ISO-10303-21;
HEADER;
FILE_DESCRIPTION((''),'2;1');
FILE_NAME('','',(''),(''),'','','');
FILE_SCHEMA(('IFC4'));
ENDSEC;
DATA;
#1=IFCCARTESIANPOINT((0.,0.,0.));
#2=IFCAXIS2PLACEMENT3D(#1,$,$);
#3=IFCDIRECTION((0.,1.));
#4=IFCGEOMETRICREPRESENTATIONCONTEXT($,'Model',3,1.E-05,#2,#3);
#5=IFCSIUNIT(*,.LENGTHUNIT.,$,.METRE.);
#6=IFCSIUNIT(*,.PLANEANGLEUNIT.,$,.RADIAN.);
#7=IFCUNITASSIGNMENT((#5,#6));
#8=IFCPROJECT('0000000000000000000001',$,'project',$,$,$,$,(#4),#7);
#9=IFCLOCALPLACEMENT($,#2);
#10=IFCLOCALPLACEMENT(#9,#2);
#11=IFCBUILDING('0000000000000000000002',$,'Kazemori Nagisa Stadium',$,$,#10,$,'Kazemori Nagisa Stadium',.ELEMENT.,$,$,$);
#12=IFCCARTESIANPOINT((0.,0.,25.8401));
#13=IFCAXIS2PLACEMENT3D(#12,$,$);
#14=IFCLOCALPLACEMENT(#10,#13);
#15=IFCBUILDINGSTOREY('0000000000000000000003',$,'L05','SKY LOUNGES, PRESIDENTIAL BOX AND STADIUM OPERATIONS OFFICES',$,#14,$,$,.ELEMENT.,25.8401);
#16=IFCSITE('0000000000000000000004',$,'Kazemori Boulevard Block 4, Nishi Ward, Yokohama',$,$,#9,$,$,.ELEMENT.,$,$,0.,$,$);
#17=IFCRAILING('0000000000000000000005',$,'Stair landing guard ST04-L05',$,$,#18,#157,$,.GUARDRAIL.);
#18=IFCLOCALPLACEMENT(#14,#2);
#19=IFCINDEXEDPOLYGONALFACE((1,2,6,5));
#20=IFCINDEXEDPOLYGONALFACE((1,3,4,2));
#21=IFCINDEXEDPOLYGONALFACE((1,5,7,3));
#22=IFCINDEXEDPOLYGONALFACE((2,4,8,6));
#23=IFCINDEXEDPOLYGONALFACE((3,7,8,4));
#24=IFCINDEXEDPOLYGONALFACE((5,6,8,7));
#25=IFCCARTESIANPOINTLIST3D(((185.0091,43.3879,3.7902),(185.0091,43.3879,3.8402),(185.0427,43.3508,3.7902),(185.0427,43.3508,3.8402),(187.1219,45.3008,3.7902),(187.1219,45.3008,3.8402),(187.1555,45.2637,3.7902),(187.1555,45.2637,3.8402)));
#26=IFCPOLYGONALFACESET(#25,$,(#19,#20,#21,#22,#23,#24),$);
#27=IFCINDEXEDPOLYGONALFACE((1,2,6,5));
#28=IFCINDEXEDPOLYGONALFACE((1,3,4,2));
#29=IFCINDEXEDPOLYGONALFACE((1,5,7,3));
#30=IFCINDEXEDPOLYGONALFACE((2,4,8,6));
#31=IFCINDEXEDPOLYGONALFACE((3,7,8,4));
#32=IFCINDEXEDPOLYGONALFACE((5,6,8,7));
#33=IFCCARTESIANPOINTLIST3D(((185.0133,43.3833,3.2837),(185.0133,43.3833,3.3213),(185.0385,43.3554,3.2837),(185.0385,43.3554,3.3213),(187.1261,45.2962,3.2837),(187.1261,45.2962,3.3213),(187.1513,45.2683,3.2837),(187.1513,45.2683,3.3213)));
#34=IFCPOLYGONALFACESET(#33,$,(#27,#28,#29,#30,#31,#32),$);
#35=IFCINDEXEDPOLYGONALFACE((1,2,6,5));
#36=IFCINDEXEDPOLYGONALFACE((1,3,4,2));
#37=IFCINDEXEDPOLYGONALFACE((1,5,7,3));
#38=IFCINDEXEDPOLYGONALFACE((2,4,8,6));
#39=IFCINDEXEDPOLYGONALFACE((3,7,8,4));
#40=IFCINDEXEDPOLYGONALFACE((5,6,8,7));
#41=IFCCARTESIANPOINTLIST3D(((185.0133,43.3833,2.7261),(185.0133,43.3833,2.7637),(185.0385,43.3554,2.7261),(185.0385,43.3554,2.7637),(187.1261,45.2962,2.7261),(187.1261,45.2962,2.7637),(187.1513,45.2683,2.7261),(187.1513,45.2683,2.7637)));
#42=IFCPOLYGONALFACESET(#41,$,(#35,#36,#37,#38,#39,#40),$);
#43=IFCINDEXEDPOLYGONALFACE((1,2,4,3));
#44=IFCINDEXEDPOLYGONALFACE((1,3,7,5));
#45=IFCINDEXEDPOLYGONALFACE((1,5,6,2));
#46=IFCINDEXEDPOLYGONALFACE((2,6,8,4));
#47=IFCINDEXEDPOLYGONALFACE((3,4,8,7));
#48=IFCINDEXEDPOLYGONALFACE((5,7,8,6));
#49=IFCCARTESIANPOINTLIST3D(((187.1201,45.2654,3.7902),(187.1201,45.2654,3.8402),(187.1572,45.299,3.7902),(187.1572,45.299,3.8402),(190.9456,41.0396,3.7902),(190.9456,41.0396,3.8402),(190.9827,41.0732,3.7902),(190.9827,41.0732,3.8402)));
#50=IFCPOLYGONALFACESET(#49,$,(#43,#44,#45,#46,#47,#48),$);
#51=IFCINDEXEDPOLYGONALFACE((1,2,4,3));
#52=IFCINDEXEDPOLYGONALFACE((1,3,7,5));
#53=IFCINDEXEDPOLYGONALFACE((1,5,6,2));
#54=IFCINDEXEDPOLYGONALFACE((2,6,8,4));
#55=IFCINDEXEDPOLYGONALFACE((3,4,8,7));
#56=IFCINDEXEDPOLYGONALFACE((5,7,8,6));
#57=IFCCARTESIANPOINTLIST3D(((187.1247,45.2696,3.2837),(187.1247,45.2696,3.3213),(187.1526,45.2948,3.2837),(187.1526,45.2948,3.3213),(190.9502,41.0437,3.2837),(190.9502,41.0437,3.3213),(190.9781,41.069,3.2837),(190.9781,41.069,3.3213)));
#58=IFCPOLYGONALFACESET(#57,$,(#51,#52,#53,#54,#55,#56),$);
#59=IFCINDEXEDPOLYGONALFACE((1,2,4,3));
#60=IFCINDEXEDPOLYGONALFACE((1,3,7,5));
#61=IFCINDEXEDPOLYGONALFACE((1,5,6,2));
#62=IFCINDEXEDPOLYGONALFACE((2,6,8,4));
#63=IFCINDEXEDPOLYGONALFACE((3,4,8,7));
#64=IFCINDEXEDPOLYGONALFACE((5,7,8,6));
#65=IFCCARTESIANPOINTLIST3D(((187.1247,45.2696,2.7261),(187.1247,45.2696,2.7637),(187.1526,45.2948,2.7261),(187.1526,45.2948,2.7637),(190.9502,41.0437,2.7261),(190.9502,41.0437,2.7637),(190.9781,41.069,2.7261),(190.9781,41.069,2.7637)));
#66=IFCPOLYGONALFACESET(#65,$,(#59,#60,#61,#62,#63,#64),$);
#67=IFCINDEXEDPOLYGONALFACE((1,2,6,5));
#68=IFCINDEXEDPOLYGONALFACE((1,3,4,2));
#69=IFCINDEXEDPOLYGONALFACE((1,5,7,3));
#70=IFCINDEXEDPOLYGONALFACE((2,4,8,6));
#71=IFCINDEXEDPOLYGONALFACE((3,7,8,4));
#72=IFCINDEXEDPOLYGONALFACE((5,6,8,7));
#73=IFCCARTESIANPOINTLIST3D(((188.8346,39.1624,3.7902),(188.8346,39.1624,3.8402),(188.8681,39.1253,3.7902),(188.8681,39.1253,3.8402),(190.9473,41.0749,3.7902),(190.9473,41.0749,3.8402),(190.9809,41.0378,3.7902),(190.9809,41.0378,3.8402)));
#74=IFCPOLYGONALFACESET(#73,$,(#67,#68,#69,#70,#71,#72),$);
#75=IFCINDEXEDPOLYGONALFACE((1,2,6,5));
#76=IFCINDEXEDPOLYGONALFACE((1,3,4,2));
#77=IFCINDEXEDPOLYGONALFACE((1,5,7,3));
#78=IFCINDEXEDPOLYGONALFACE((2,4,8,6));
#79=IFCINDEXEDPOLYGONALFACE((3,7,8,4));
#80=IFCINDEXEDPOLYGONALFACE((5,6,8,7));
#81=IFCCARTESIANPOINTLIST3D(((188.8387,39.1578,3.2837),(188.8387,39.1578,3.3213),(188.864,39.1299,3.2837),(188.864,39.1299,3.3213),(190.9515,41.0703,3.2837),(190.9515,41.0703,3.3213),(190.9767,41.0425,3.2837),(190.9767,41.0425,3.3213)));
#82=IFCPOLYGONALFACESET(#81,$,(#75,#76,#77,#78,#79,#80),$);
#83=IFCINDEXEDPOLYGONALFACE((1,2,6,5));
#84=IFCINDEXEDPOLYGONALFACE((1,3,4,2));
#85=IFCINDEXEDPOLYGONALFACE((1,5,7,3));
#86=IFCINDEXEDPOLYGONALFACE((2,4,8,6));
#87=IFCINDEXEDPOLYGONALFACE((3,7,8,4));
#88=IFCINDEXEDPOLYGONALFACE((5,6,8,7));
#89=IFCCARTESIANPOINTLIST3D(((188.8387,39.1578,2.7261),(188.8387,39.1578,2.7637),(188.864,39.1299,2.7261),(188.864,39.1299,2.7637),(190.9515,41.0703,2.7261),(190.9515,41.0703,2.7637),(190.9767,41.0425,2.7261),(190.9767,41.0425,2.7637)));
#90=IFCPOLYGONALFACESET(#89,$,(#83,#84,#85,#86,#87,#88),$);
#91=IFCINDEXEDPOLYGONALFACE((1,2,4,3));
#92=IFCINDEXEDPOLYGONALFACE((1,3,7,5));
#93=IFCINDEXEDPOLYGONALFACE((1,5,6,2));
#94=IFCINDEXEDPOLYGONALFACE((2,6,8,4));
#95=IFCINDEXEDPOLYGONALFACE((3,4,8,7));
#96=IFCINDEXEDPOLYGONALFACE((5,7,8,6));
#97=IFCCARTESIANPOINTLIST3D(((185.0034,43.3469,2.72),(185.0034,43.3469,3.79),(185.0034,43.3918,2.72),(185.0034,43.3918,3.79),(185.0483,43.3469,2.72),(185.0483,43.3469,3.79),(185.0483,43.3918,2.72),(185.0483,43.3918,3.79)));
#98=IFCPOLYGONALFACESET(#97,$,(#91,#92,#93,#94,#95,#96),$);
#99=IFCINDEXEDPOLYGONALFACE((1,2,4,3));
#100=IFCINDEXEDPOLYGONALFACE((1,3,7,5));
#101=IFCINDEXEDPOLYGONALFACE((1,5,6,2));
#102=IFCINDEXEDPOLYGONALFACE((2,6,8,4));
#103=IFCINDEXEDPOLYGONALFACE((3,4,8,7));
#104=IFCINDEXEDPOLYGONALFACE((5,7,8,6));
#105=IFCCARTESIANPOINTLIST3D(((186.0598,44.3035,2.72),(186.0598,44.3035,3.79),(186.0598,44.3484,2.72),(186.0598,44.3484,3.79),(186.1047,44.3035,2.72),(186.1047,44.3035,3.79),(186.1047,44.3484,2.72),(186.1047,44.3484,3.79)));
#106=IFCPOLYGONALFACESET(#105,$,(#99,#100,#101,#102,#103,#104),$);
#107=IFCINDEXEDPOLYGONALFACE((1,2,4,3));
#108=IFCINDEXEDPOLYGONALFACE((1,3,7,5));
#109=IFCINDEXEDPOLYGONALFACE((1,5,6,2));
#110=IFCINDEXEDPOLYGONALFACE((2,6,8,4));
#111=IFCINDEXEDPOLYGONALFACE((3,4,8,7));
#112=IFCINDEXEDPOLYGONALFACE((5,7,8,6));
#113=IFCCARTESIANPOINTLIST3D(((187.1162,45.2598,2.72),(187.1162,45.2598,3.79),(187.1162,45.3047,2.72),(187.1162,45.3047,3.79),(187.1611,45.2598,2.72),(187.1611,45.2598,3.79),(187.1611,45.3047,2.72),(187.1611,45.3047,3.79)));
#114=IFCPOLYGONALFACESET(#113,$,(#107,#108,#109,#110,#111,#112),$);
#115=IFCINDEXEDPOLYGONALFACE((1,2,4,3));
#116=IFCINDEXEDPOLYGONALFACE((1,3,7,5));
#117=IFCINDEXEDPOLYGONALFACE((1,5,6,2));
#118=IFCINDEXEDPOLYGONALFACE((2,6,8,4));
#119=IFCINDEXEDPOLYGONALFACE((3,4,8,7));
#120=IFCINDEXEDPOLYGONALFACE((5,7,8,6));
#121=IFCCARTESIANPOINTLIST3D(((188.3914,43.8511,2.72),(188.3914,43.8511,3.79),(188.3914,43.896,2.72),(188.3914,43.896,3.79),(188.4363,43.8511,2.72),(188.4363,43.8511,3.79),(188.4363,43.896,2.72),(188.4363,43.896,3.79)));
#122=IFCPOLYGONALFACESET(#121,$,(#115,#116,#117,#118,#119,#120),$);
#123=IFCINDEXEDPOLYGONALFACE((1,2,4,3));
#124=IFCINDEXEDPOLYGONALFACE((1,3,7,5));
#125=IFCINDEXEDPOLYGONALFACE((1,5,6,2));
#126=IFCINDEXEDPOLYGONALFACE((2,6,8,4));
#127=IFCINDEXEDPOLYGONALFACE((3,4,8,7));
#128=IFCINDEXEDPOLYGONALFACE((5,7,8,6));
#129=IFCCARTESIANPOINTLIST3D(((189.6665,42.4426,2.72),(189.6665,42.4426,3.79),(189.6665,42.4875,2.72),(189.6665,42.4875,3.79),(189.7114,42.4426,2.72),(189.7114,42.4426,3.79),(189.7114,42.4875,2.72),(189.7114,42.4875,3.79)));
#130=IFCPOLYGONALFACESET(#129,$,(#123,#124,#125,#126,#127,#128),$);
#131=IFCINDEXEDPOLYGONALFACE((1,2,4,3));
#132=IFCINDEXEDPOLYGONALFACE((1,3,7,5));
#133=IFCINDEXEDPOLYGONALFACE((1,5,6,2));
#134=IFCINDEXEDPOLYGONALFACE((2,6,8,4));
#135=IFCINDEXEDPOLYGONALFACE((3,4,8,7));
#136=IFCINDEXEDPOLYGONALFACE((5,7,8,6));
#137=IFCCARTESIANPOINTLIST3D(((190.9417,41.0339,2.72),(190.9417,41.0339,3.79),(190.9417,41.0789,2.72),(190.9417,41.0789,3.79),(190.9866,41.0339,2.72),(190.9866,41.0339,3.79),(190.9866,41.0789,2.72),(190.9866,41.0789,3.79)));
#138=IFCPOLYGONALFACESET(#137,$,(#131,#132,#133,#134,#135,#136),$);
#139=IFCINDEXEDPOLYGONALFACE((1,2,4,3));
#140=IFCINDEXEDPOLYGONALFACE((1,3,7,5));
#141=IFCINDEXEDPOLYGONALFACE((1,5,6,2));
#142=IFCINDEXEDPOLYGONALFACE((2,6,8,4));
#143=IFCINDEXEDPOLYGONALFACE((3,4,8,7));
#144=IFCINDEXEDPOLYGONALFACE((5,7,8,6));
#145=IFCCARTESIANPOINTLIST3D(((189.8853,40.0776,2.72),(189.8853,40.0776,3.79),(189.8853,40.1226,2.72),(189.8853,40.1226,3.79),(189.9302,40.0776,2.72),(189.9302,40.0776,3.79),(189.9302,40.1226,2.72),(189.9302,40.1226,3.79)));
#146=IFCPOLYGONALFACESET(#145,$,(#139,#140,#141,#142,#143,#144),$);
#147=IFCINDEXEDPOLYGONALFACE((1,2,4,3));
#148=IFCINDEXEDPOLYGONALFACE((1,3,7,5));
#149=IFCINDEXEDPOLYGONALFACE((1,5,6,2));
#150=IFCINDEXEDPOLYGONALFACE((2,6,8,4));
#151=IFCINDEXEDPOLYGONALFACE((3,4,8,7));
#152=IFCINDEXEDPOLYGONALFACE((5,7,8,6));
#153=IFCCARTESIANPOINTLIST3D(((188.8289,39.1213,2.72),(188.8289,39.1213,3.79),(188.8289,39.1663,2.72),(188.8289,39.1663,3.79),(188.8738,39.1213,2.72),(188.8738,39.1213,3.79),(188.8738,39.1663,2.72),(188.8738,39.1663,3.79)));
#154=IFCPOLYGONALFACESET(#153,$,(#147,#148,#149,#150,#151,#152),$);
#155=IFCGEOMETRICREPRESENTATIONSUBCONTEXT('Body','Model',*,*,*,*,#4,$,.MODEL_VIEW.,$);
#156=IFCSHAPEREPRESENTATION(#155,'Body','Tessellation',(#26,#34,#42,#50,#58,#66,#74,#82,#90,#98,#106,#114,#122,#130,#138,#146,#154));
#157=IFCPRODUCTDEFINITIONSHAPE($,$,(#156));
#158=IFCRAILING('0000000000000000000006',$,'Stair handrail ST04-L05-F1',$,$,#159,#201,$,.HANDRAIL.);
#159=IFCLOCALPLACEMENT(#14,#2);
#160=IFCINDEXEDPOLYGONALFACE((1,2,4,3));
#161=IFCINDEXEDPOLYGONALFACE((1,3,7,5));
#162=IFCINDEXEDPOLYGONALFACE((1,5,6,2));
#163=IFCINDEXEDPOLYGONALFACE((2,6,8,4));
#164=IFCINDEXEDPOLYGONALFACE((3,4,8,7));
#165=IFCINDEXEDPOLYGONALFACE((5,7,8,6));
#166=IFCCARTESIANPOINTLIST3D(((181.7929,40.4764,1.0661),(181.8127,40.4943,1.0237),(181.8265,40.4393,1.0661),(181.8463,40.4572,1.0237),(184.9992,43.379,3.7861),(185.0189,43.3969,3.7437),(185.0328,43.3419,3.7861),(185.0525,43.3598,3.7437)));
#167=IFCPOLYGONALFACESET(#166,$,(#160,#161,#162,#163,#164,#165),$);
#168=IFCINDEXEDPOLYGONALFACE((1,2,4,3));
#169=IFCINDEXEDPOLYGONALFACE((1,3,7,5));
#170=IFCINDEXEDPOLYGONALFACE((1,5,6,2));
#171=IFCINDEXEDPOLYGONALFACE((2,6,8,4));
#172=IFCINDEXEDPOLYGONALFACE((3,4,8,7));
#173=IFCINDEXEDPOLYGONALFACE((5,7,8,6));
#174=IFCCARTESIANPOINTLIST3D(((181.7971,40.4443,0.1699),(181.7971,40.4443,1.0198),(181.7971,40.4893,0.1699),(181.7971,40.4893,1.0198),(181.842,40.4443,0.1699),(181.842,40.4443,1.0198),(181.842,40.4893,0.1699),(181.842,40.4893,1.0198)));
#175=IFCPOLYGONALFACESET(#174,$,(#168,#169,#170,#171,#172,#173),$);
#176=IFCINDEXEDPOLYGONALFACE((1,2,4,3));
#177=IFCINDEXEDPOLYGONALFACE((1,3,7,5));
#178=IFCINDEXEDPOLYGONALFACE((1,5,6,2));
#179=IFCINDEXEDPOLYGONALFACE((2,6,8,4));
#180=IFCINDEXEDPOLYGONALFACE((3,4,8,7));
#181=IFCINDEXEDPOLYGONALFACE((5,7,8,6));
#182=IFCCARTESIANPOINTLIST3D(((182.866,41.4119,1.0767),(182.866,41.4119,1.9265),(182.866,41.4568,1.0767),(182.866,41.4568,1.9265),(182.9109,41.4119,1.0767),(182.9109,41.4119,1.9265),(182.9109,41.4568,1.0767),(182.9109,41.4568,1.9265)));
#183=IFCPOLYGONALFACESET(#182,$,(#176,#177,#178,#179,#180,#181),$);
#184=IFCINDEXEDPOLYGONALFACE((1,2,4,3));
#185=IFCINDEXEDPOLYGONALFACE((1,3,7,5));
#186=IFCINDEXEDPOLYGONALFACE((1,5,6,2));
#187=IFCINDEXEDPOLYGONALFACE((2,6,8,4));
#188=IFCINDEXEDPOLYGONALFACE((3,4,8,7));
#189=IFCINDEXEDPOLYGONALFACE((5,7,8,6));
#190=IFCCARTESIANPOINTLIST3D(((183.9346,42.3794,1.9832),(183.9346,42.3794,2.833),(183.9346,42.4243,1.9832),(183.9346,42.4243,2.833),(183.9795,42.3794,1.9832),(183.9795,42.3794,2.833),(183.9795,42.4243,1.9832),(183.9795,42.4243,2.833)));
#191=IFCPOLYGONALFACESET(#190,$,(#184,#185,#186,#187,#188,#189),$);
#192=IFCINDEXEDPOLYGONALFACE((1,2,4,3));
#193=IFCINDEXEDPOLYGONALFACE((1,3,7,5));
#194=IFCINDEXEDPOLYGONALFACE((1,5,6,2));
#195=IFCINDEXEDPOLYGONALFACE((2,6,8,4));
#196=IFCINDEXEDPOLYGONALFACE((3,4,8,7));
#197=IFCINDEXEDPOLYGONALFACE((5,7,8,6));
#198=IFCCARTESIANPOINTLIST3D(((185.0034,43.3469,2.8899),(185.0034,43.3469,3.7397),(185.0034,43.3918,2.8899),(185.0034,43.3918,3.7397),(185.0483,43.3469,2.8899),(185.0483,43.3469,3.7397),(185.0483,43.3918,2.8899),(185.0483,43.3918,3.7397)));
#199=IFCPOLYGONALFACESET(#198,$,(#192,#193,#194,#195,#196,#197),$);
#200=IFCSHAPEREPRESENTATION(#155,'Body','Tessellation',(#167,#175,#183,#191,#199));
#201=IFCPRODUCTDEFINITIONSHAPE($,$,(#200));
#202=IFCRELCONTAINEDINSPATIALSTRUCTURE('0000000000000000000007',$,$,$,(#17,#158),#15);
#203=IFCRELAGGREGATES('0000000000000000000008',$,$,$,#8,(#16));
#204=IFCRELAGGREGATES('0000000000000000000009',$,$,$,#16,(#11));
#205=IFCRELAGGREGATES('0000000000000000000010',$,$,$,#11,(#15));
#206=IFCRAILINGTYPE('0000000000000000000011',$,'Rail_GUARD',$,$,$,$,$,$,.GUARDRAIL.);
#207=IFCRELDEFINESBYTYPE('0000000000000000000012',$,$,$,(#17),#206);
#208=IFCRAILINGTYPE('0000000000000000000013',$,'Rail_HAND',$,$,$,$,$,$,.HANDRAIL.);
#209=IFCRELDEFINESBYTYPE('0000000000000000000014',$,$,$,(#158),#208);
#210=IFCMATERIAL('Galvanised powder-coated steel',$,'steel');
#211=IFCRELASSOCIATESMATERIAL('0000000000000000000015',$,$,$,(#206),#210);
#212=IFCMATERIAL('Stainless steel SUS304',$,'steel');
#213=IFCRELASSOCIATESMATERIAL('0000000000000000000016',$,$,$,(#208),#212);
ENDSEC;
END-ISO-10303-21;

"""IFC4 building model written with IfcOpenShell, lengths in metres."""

from ifc_helpers import new_model, si_unit, direction, frame, origin, origin_2d, place, context, subcontext, project, spatial, rectangle, extrude, material, type_object, element, save


model = new_model("IFC4")

# Units and contexts
model_context = context("Model", 3, precision=1e-05, world=origin(), true_north=direction((0.0, 1.0)))
body_context = subcontext(model_context, "Body", "Model", "MODEL_VIEW")
ifc_project = project(units=[si_unit("LENGTHUNIT", "METRE"), si_unit("PLANEANGLEUNIT", "RADIAN")], contexts=[model_context])

# Site, building, storey
site_placement = place(None, origin())
site = spatial("IfcSite", under=ifc_project, at=site_placement, Name="Kazemori Boulevard Block 4, Nishi Ward, Yokohama", CompositionType="ELEMENT", RefElevation=0.0)
building_placement = place(site_placement, origin())
building = spatial("IfcBuilding", under=site, at=building_placement, Name="Kazemori Nagisa Stadium", LongName="Kazemori Nagisa Stadium", CompositionType="ELEMENT")
storey_placement = place(building_placement, frame((0.0, 0.0, 25.8401)))
storey = spatial("IfcBuildingStorey", under=building, at=storey_placement, Name="L05", Description="SKY LOUNGES, PRESIDENTIAL BOX AND STADIUM OPERATIONS OFFICES", CompositionType="ELEMENT", Elevation=25.8401)

# Railings
ifc_material_1 = material(Name="Galvanised powder-coated steel", Category="steel")
railing_type_1 = type_object("IfcRailingType", Name="Rail_GUARD", PredefinedType="GUARDRAIL", material=ifc_material_1)
railing_1_placement = place(storey_placement, frame((185.0259, 43.3694, 2.72)))
element("IfcRailing", 1, at=railing_1_placement, inside=storey, type_object=railing_type_1, Name="Stair landing guard ST04-L05", PredefinedType="GUARDRAIL", context=body_context, shape_type="SweptSolid", body=[
    extrude(rectangle(XDim=0.05, YDim=0.05, at=origin_2d()), frame((0.0, 0.0, 1.0952), z_axis=(0.741315, 0.671158, 0.0), x_axis=(-0.671158, 0.741315, 0.0)), (0.0, 0.0, 1.0), 2.8501),
    extrude(rectangle(XDim=0.0376, YDim=0.0376, at=origin_2d()), frame((0.0, 0.0, 0.5825), z_axis=(0.741315, 0.671158, 0.0), x_axis=(-0.671158, 0.741315, 0.0)), (0.0, 0.0, 1.0), 2.8501),
    extrude(rectangle(XDim=0.0376, YDim=0.0376, at=origin_2d()), frame((0.0, 0.0, 0.0249), z_axis=(0.741315, 0.671158, 0.0), x_axis=(-0.671158, 0.741315, 0.0)), (0.0, 0.0, 1.0), 2.8501),
    extrude(rectangle(XDim=0.05, YDim=0.05, at=origin_2d()), frame((2.1128, 1.9128, 1.0952), z_axis=(0.671113, -0.741355, 0.0), x_axis=(0.741355, 0.671113, 0.0)), (0.0, 0.0, 1.0), 5.7002),
    extrude(rectangle(XDim=0.0376, YDim=0.0376, at=origin_2d()), frame((2.1128, 1.9128, 0.5825), z_axis=(0.671113, -0.741355, 0.0), x_axis=(0.741355, 0.671113, 0.0)), (0.0, 0.0, 1.0), 5.7002),
    extrude(rectangle(XDim=0.0376, YDim=0.0376, at=origin_2d()), frame((2.1128, 1.9128, 0.0249), z_axis=(0.671113, -0.741355, 0.0), x_axis=(0.741355, 0.671113, 0.0)), (0.0, 0.0, 1.0), 5.7002),
    extrude(rectangle(XDim=0.05, YDim=0.05, at=origin_2d()), frame((5.9382, -2.313, 1.0952), z_axis=(-0.741357, -0.671111, 0.0), x_axis=(0.671111, -0.741357, 0.0)), (0.0, 0.0, 1.0), 2.8499),
    extrude(rectangle(XDim=0.0376, YDim=0.0376, at=origin_2d()), frame((5.9382, -2.313, 0.5825), z_axis=(-0.741357, -0.671111, 0.0), x_axis=(0.671111, -0.741357, 0.0)), (0.0, 0.0, 1.0), 2.8499),
    extrude(rectangle(XDim=0.0376, YDim=0.0376, at=origin_2d()), frame((5.9382, -2.313, 0.0249), z_axis=(-0.741357, -0.671111, 0.0), x_axis=(0.671111, -0.741357, 0.0)), (0.0, 0.0, 1.0), 2.8499),
    extrude(rectangle(XDim=0.0449, YDim=0.0449, at=origin_2d()), origin(), (0.0, 0.0, 1.0), 1.0701),
    extrude(rectangle(XDim=0.0449, YDim=0.0449, at=origin_2d()), frame((1.0564, 0.9565, 0.0)), (0.0, 0.0, 1.0), 1.0701),
    extrude(rectangle(XDim=0.0449, YDim=0.0449, at=origin_2d()), frame((2.1128, 1.9128, 0.0)), (0.0, 0.0, 1.0), 1.0701),
    extrude(rectangle(XDim=0.0449, YDim=0.0449, at=origin_2d()), frame((3.3879, 0.5042, 0.0)), (0.0, 0.0, 1.0), 1.0701),
    extrude(rectangle(XDim=0.0449, YDim=0.0449, at=origin_2d()), frame((4.6631, -0.9043, 0.0)), (0.0, 0.0, 1.0), 1.0701),
    extrude(rectangle(XDim=0.0449, YDim=0.0449, at=origin_2d()), frame((5.9382, -2.313, 0.0)), (0.0, 0.0, 1.0), 1.0701),
    extrude(rectangle(XDim=0.0449, YDim=0.0449, at=origin_2d()), frame((4.8818, -3.2693, 0.0)), (0.0, 0.0, 1.0), 1.0701),
    extrude(rectangle(XDim=0.0449, YDim=0.0449, at=origin_2d()), frame((3.8254, -4.2256, 0.0)), (0.0, 0.0, 1.0), 1.0701),
])
ifc_material_2 = material(Name="Stainless steel SUS304", Category="steel")
railing_type_2 = type_object("IfcRailingType", Name="Rail_HAND", PredefinedType="HANDRAIL", material=ifc_material_2)
railing_2_placement = place(storey_placement, frame((181.8196, 40.4668, 0.1699)))
element("IfcRailing", 2, at=railing_2_placement, inside=storey, type_object=railing_type_2, Name="Stair handrail ST04-L05-F1", PredefinedType="HANDRAIL", context=body_context, shape_type="SweptSolid", body=[
    extrude(rectangle(XDim=0.05, YDim=0.05, at=origin_2d()), frame((0.0, 0.0, 0.875), z_axis=(0.627558, 0.568113, 0.53237), x_axis=(-0.671123, 0.741346, 0.0)), (0.0, 0.0, 1.0), 5.1091),
    extrude(rectangle(XDim=0.0449, YDim=0.0449, at=origin_2d()), origin(), (0.0, 0.0, 1.0), 0.8499),
    extrude(rectangle(XDim=0.0449, YDim=0.0449, at=origin_2d()), frame((1.0688, 0.9675, 0.9067)), (0.0, 0.0, 1.0), 0.8499),
    extrude(rectangle(XDim=0.0449, YDim=0.0449, at=origin_2d()), frame((2.1375, 1.9351, 1.8132)), (0.0, 0.0, 1.0), 0.8499),
    extrude(rectangle(XDim=0.0449, YDim=0.0449, at=origin_2d()), frame((3.2063, 2.9026, 2.72)), (0.0, 0.0, 1.0), 0.8499),
])

save(model, "model.ifc")
